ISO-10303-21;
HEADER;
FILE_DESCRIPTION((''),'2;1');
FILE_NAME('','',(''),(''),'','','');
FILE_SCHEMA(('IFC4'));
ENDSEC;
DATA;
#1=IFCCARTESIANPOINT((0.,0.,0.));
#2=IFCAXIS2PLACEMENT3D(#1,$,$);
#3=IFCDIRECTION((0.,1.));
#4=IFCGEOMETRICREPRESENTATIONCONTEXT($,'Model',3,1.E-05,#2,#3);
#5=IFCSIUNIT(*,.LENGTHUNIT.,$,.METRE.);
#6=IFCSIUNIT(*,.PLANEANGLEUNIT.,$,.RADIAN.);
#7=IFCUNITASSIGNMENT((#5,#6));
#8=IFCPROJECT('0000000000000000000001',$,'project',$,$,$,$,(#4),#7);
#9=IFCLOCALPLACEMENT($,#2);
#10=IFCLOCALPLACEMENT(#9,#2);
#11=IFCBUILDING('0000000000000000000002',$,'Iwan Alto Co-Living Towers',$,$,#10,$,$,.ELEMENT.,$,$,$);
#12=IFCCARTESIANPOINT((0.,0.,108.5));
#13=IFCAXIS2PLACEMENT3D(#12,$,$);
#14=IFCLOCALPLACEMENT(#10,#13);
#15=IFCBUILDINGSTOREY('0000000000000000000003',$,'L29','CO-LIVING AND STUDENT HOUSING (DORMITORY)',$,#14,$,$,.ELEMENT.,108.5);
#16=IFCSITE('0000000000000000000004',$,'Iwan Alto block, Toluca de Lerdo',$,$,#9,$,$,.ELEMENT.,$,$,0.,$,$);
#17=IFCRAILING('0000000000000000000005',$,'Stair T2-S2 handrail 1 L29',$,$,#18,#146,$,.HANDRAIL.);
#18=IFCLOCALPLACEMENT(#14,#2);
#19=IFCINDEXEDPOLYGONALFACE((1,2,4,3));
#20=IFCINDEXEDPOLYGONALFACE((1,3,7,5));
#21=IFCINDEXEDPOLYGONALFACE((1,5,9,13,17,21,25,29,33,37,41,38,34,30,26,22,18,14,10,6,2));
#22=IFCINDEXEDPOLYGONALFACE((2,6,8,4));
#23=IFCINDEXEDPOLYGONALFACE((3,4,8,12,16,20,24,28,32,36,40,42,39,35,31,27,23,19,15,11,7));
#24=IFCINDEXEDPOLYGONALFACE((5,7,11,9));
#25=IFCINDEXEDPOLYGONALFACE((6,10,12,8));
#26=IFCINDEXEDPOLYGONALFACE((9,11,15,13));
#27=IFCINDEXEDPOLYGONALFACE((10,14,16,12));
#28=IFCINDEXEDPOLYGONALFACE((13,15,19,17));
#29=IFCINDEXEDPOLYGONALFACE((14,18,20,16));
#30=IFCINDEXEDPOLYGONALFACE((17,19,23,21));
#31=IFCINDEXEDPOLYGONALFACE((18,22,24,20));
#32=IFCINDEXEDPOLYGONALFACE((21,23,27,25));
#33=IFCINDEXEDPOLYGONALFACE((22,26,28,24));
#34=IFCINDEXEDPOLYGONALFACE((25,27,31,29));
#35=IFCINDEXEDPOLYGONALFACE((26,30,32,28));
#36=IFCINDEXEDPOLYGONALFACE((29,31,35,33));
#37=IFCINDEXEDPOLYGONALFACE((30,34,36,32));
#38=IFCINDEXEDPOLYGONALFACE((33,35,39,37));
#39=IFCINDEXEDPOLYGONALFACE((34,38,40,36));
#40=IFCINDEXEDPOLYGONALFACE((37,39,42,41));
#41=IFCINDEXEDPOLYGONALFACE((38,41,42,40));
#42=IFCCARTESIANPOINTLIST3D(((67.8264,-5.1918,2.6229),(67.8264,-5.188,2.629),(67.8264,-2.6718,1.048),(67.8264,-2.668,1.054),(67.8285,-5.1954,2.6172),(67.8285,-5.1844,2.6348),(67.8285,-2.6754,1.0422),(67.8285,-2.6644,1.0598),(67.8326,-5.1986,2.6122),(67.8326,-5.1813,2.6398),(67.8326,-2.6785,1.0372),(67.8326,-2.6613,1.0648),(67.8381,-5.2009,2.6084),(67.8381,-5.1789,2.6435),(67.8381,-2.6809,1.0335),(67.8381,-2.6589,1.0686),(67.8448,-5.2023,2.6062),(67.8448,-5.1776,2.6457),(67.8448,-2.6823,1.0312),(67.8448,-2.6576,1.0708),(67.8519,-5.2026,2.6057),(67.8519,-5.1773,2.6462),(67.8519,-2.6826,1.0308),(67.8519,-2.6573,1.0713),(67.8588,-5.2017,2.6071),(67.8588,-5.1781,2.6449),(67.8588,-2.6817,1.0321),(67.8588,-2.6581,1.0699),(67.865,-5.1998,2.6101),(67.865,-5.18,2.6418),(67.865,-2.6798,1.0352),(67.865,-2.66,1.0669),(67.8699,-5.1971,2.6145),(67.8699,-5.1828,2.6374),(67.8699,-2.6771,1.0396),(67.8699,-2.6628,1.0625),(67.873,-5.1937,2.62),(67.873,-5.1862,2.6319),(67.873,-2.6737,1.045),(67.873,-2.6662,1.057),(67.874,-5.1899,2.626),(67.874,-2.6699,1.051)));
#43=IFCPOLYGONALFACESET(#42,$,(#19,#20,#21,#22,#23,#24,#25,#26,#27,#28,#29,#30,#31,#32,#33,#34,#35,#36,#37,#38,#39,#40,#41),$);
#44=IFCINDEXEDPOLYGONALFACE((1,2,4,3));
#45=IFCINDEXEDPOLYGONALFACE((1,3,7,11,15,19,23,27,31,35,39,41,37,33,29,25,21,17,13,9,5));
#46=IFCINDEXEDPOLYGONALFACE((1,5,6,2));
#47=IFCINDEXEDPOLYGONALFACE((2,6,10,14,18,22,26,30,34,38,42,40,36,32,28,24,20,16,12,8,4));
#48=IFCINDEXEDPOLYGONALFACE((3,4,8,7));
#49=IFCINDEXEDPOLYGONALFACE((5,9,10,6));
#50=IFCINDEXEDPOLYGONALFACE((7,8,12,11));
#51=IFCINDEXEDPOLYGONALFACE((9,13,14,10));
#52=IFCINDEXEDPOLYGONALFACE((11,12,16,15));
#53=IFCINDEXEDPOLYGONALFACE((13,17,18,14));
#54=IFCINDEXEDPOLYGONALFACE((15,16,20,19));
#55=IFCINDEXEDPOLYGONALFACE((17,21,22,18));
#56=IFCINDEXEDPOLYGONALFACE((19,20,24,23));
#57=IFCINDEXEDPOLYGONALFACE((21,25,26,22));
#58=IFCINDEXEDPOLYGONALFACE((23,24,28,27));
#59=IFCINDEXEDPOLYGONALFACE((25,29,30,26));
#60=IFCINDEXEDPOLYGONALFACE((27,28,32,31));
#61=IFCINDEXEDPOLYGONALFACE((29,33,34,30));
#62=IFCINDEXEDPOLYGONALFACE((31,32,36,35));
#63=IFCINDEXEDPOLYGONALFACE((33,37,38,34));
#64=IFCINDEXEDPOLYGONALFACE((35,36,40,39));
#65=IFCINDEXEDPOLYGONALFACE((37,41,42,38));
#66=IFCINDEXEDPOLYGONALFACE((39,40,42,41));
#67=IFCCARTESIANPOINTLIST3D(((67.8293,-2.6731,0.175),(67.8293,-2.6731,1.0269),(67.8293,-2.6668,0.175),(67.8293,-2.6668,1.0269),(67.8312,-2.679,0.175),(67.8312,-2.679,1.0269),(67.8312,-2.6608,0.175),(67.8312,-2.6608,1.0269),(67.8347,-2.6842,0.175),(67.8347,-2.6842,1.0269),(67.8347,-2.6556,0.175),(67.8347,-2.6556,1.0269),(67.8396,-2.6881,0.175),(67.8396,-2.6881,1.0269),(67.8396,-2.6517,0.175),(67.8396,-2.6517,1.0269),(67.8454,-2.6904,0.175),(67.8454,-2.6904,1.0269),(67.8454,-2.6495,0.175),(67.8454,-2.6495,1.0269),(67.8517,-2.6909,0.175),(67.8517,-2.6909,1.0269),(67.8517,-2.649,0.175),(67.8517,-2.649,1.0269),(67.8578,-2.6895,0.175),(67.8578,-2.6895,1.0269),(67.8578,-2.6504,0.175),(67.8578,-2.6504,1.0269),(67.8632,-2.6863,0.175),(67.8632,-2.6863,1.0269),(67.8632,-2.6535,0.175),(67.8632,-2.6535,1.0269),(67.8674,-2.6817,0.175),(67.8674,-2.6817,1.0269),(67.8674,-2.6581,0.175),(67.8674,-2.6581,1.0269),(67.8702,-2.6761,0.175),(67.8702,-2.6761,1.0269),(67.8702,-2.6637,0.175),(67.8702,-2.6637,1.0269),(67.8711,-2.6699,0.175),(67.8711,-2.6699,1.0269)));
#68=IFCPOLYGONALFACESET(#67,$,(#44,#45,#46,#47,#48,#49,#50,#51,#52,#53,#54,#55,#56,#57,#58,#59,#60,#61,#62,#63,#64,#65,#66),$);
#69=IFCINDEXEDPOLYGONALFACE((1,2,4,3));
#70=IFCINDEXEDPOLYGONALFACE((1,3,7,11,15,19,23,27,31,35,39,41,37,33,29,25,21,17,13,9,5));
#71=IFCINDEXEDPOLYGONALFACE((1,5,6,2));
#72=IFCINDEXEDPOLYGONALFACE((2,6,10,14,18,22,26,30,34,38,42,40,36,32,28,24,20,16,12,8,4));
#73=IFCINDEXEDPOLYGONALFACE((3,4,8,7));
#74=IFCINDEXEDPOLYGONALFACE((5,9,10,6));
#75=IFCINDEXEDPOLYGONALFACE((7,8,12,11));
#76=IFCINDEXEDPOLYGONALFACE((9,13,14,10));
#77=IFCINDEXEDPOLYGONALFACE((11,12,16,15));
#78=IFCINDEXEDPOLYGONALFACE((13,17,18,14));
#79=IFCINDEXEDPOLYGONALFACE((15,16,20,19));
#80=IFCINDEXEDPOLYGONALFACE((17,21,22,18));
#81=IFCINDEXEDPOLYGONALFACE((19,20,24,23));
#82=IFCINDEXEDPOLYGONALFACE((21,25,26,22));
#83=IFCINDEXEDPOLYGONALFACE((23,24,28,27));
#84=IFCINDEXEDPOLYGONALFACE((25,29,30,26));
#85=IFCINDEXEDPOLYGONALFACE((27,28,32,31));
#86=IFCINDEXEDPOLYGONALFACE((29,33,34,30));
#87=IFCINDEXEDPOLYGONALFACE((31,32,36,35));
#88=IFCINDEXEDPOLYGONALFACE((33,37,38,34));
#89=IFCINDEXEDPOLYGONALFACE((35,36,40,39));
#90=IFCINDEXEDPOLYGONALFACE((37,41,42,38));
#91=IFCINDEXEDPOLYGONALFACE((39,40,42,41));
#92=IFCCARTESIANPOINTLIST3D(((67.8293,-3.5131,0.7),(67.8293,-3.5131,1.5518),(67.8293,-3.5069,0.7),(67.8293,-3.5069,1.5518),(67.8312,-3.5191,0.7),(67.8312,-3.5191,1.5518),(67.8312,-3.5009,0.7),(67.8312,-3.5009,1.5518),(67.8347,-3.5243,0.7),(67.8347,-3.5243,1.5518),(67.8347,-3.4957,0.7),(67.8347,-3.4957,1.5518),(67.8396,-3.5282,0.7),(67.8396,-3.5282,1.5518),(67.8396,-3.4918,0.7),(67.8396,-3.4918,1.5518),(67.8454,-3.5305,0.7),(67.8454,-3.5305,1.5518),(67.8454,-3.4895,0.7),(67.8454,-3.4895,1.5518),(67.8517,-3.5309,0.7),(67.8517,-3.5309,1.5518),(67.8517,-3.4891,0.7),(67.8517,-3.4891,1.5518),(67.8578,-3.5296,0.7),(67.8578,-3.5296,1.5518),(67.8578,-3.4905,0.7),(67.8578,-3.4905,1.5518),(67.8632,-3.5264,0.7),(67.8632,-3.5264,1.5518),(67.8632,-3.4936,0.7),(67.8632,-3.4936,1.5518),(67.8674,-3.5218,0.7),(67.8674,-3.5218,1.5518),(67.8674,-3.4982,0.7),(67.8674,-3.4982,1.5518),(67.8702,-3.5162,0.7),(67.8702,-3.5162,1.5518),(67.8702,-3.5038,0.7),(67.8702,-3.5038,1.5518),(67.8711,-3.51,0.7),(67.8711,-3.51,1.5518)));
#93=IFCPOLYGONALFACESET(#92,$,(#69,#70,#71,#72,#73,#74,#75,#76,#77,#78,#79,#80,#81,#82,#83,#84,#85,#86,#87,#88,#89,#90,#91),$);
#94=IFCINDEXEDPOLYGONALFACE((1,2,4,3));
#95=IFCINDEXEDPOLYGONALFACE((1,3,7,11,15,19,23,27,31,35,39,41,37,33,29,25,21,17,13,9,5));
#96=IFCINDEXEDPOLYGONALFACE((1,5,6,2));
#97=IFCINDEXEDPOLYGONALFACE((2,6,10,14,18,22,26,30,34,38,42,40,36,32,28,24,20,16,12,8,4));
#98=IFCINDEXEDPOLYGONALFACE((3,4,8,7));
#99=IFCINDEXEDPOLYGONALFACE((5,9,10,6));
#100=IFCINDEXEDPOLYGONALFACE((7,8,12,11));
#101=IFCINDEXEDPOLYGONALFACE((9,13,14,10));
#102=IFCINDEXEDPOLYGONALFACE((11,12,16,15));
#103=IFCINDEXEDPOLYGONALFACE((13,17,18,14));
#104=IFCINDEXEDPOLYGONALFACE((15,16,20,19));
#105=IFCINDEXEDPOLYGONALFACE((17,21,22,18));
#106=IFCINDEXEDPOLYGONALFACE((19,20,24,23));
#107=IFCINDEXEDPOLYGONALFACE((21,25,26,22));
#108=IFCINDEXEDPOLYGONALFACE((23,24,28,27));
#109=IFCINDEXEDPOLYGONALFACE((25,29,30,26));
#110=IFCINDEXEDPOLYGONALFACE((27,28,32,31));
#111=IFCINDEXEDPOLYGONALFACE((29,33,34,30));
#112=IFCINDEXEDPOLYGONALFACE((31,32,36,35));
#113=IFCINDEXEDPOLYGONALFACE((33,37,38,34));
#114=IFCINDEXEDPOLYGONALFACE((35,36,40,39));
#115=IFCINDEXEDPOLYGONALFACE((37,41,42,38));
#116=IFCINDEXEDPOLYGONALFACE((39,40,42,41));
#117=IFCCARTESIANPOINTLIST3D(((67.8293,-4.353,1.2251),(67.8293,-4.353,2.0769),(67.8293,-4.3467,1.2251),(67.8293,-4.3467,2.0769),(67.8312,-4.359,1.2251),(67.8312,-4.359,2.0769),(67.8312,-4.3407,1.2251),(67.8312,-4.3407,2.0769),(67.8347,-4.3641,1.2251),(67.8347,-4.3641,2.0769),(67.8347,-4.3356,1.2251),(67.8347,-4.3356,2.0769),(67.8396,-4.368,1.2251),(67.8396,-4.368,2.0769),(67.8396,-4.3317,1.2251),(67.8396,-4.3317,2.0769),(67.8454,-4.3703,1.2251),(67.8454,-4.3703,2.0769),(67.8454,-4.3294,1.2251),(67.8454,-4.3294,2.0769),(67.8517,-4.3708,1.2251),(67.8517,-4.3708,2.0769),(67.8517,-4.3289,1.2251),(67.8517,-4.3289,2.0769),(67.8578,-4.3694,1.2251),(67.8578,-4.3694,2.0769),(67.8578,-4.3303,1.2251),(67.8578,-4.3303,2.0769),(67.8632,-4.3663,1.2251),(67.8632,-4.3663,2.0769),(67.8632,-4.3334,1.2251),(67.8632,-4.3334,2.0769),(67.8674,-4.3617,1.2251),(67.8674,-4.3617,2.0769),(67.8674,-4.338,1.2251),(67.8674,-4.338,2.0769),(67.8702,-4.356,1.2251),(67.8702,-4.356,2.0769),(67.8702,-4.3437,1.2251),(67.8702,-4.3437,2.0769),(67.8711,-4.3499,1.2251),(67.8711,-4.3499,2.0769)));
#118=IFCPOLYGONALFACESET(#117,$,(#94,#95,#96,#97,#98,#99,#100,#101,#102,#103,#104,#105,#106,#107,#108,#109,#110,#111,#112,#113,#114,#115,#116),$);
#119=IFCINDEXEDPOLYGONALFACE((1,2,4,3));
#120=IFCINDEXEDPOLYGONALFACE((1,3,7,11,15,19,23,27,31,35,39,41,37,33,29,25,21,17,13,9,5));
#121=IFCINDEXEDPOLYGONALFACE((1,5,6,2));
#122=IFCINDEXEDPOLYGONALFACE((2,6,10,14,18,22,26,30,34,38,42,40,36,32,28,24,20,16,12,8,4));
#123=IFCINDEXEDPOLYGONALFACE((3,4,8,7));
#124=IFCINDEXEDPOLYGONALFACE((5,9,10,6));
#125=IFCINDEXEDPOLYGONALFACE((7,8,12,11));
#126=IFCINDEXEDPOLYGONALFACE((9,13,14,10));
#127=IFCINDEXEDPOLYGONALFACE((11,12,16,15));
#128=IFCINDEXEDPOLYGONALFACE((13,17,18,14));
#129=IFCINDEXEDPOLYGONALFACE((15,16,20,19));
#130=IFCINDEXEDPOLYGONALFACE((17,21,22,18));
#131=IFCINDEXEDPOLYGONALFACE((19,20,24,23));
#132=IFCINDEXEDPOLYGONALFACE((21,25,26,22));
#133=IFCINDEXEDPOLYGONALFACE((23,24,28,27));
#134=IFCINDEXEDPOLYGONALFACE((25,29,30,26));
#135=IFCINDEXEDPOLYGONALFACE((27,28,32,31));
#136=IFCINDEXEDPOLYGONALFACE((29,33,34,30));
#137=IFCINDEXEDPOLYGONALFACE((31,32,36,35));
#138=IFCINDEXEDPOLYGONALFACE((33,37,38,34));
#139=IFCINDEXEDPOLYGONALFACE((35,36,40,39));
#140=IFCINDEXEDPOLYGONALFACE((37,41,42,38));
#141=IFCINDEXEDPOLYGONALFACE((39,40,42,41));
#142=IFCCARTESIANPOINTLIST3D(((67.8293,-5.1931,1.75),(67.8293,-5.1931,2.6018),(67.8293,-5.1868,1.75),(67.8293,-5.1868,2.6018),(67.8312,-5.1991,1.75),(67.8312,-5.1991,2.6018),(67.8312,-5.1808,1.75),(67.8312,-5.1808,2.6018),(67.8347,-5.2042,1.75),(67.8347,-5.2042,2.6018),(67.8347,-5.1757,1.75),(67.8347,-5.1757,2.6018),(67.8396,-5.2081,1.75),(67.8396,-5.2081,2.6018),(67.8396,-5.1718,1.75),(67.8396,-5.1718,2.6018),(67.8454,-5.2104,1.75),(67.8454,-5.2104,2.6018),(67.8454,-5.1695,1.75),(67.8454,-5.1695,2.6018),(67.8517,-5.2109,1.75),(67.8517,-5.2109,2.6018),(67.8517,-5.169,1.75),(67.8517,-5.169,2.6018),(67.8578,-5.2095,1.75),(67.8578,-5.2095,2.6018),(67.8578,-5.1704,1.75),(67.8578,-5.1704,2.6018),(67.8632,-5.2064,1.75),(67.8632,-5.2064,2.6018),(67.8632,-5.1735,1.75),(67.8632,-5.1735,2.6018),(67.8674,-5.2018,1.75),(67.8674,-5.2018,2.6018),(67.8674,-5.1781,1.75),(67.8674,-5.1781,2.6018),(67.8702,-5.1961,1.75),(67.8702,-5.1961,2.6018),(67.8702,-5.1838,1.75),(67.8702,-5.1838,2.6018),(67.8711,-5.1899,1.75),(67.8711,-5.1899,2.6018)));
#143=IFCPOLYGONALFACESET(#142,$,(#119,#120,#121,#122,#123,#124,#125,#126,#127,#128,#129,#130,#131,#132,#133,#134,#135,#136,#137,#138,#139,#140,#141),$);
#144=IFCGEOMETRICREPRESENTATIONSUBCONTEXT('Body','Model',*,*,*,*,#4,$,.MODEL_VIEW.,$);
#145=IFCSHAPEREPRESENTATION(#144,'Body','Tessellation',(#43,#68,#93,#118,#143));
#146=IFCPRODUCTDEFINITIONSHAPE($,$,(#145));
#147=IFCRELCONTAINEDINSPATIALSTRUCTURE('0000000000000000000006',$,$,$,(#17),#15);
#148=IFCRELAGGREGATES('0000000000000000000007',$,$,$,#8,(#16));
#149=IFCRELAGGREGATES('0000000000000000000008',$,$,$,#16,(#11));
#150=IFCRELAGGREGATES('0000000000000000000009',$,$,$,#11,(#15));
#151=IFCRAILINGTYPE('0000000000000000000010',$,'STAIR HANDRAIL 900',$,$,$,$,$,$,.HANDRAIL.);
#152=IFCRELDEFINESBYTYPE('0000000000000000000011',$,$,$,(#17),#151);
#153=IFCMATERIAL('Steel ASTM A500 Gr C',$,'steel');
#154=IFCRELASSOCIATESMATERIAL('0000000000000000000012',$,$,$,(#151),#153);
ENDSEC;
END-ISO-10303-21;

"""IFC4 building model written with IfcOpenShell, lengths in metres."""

from ifc_helpers import new_model, si_unit, direction, frame, origin, origin_2d, place, context, subcontext, project, spatial, circle, extrude, material, type_object, element, save


model = new_model("IFC4")

# Units and contexts
model_context = context("Model", 3, precision=1e-05, world=origin(), true_north=direction((0.0, 1.0)))
body_context = subcontext(model_context, "Body", "Model", "MODEL_VIEW")
ifc_project = project(units=[si_unit("LENGTHUNIT", "METRE"), si_unit("PLANEANGLEUNIT", "RADIAN")], contexts=[model_context])

# Site, building, storey
site_placement = place(None, origin())
site = spatial("IfcSite", under=ifc_project, at=site_placement, Name="Iwan Alto block, Toluca de Lerdo", CompositionType="ELEMENT", RefElevation=0.0)
building_placement = place(site_placement, origin())
building = spatial("IfcBuilding", under=site, at=building_placement, Name="Iwan Alto Co-Living Towers", CompositionType="ELEMENT")
storey_placement = place(building_placement, frame((0.0, 0.0, 108.5)))
storey = spatial("IfcBuildingStorey", under=building, at=storey_placement, Name="L29", Description="CO-LIVING AND STUDENT HOUSING (DORMITORY)", CompositionType="ELEMENT", Elevation=108.5)

# Railing
ifc_material_1 = material(Name="Steel ASTM A500 Gr C", Category="steel")
railing_type_1 = type_object("IfcRailingType", Name="STAIR HANDRAIL 900", PredefinedType="HANDRAIL", material=ifc_material_1)
railing_1_placement = place(storey_placement, frame((67.8501, -2.6699, 0.175)))
element("IfcRailing", 1, at=railing_1_placement, inside=storey, type_object=railing_type_1, Name="Stair T2-S2 handrail 1 L29", PredefinedType="HANDRAIL", context=body_context, shape_type="SweptSolid", body=[
    extrude(circle(Radius=0.0239, at=origin_2d()), frame((0.0, 0.0, 0.876), z_axis=(0.0, -0.848008, 0.529984), x_axis=(1.0, 0.0, 0.0)), (0.0, 0.0, 1.0), 2.9717),
    extrude(circle(Radius=0.021, at=origin_2d()), origin(), (0.0, 0.0, 1.0), 0.8518),
    extrude(circle(Radius=0.021, at=origin_2d()), frame((0.0, -0.8401, 0.5249)), (0.0, 0.0, 1.0), 0.8518),
    extrude(circle(Radius=0.021, at=origin_2d()), frame((0.0, -1.6799, 1.05)), (0.0, 0.0, 1.0), 0.8518),
    extrude(circle(Radius=0.021, at=origin_2d()), frame((0.0, -2.52, 1.575)), (0.0, 0.0, 1.0), 0.8518),
])

save(model, "model.ifc")
